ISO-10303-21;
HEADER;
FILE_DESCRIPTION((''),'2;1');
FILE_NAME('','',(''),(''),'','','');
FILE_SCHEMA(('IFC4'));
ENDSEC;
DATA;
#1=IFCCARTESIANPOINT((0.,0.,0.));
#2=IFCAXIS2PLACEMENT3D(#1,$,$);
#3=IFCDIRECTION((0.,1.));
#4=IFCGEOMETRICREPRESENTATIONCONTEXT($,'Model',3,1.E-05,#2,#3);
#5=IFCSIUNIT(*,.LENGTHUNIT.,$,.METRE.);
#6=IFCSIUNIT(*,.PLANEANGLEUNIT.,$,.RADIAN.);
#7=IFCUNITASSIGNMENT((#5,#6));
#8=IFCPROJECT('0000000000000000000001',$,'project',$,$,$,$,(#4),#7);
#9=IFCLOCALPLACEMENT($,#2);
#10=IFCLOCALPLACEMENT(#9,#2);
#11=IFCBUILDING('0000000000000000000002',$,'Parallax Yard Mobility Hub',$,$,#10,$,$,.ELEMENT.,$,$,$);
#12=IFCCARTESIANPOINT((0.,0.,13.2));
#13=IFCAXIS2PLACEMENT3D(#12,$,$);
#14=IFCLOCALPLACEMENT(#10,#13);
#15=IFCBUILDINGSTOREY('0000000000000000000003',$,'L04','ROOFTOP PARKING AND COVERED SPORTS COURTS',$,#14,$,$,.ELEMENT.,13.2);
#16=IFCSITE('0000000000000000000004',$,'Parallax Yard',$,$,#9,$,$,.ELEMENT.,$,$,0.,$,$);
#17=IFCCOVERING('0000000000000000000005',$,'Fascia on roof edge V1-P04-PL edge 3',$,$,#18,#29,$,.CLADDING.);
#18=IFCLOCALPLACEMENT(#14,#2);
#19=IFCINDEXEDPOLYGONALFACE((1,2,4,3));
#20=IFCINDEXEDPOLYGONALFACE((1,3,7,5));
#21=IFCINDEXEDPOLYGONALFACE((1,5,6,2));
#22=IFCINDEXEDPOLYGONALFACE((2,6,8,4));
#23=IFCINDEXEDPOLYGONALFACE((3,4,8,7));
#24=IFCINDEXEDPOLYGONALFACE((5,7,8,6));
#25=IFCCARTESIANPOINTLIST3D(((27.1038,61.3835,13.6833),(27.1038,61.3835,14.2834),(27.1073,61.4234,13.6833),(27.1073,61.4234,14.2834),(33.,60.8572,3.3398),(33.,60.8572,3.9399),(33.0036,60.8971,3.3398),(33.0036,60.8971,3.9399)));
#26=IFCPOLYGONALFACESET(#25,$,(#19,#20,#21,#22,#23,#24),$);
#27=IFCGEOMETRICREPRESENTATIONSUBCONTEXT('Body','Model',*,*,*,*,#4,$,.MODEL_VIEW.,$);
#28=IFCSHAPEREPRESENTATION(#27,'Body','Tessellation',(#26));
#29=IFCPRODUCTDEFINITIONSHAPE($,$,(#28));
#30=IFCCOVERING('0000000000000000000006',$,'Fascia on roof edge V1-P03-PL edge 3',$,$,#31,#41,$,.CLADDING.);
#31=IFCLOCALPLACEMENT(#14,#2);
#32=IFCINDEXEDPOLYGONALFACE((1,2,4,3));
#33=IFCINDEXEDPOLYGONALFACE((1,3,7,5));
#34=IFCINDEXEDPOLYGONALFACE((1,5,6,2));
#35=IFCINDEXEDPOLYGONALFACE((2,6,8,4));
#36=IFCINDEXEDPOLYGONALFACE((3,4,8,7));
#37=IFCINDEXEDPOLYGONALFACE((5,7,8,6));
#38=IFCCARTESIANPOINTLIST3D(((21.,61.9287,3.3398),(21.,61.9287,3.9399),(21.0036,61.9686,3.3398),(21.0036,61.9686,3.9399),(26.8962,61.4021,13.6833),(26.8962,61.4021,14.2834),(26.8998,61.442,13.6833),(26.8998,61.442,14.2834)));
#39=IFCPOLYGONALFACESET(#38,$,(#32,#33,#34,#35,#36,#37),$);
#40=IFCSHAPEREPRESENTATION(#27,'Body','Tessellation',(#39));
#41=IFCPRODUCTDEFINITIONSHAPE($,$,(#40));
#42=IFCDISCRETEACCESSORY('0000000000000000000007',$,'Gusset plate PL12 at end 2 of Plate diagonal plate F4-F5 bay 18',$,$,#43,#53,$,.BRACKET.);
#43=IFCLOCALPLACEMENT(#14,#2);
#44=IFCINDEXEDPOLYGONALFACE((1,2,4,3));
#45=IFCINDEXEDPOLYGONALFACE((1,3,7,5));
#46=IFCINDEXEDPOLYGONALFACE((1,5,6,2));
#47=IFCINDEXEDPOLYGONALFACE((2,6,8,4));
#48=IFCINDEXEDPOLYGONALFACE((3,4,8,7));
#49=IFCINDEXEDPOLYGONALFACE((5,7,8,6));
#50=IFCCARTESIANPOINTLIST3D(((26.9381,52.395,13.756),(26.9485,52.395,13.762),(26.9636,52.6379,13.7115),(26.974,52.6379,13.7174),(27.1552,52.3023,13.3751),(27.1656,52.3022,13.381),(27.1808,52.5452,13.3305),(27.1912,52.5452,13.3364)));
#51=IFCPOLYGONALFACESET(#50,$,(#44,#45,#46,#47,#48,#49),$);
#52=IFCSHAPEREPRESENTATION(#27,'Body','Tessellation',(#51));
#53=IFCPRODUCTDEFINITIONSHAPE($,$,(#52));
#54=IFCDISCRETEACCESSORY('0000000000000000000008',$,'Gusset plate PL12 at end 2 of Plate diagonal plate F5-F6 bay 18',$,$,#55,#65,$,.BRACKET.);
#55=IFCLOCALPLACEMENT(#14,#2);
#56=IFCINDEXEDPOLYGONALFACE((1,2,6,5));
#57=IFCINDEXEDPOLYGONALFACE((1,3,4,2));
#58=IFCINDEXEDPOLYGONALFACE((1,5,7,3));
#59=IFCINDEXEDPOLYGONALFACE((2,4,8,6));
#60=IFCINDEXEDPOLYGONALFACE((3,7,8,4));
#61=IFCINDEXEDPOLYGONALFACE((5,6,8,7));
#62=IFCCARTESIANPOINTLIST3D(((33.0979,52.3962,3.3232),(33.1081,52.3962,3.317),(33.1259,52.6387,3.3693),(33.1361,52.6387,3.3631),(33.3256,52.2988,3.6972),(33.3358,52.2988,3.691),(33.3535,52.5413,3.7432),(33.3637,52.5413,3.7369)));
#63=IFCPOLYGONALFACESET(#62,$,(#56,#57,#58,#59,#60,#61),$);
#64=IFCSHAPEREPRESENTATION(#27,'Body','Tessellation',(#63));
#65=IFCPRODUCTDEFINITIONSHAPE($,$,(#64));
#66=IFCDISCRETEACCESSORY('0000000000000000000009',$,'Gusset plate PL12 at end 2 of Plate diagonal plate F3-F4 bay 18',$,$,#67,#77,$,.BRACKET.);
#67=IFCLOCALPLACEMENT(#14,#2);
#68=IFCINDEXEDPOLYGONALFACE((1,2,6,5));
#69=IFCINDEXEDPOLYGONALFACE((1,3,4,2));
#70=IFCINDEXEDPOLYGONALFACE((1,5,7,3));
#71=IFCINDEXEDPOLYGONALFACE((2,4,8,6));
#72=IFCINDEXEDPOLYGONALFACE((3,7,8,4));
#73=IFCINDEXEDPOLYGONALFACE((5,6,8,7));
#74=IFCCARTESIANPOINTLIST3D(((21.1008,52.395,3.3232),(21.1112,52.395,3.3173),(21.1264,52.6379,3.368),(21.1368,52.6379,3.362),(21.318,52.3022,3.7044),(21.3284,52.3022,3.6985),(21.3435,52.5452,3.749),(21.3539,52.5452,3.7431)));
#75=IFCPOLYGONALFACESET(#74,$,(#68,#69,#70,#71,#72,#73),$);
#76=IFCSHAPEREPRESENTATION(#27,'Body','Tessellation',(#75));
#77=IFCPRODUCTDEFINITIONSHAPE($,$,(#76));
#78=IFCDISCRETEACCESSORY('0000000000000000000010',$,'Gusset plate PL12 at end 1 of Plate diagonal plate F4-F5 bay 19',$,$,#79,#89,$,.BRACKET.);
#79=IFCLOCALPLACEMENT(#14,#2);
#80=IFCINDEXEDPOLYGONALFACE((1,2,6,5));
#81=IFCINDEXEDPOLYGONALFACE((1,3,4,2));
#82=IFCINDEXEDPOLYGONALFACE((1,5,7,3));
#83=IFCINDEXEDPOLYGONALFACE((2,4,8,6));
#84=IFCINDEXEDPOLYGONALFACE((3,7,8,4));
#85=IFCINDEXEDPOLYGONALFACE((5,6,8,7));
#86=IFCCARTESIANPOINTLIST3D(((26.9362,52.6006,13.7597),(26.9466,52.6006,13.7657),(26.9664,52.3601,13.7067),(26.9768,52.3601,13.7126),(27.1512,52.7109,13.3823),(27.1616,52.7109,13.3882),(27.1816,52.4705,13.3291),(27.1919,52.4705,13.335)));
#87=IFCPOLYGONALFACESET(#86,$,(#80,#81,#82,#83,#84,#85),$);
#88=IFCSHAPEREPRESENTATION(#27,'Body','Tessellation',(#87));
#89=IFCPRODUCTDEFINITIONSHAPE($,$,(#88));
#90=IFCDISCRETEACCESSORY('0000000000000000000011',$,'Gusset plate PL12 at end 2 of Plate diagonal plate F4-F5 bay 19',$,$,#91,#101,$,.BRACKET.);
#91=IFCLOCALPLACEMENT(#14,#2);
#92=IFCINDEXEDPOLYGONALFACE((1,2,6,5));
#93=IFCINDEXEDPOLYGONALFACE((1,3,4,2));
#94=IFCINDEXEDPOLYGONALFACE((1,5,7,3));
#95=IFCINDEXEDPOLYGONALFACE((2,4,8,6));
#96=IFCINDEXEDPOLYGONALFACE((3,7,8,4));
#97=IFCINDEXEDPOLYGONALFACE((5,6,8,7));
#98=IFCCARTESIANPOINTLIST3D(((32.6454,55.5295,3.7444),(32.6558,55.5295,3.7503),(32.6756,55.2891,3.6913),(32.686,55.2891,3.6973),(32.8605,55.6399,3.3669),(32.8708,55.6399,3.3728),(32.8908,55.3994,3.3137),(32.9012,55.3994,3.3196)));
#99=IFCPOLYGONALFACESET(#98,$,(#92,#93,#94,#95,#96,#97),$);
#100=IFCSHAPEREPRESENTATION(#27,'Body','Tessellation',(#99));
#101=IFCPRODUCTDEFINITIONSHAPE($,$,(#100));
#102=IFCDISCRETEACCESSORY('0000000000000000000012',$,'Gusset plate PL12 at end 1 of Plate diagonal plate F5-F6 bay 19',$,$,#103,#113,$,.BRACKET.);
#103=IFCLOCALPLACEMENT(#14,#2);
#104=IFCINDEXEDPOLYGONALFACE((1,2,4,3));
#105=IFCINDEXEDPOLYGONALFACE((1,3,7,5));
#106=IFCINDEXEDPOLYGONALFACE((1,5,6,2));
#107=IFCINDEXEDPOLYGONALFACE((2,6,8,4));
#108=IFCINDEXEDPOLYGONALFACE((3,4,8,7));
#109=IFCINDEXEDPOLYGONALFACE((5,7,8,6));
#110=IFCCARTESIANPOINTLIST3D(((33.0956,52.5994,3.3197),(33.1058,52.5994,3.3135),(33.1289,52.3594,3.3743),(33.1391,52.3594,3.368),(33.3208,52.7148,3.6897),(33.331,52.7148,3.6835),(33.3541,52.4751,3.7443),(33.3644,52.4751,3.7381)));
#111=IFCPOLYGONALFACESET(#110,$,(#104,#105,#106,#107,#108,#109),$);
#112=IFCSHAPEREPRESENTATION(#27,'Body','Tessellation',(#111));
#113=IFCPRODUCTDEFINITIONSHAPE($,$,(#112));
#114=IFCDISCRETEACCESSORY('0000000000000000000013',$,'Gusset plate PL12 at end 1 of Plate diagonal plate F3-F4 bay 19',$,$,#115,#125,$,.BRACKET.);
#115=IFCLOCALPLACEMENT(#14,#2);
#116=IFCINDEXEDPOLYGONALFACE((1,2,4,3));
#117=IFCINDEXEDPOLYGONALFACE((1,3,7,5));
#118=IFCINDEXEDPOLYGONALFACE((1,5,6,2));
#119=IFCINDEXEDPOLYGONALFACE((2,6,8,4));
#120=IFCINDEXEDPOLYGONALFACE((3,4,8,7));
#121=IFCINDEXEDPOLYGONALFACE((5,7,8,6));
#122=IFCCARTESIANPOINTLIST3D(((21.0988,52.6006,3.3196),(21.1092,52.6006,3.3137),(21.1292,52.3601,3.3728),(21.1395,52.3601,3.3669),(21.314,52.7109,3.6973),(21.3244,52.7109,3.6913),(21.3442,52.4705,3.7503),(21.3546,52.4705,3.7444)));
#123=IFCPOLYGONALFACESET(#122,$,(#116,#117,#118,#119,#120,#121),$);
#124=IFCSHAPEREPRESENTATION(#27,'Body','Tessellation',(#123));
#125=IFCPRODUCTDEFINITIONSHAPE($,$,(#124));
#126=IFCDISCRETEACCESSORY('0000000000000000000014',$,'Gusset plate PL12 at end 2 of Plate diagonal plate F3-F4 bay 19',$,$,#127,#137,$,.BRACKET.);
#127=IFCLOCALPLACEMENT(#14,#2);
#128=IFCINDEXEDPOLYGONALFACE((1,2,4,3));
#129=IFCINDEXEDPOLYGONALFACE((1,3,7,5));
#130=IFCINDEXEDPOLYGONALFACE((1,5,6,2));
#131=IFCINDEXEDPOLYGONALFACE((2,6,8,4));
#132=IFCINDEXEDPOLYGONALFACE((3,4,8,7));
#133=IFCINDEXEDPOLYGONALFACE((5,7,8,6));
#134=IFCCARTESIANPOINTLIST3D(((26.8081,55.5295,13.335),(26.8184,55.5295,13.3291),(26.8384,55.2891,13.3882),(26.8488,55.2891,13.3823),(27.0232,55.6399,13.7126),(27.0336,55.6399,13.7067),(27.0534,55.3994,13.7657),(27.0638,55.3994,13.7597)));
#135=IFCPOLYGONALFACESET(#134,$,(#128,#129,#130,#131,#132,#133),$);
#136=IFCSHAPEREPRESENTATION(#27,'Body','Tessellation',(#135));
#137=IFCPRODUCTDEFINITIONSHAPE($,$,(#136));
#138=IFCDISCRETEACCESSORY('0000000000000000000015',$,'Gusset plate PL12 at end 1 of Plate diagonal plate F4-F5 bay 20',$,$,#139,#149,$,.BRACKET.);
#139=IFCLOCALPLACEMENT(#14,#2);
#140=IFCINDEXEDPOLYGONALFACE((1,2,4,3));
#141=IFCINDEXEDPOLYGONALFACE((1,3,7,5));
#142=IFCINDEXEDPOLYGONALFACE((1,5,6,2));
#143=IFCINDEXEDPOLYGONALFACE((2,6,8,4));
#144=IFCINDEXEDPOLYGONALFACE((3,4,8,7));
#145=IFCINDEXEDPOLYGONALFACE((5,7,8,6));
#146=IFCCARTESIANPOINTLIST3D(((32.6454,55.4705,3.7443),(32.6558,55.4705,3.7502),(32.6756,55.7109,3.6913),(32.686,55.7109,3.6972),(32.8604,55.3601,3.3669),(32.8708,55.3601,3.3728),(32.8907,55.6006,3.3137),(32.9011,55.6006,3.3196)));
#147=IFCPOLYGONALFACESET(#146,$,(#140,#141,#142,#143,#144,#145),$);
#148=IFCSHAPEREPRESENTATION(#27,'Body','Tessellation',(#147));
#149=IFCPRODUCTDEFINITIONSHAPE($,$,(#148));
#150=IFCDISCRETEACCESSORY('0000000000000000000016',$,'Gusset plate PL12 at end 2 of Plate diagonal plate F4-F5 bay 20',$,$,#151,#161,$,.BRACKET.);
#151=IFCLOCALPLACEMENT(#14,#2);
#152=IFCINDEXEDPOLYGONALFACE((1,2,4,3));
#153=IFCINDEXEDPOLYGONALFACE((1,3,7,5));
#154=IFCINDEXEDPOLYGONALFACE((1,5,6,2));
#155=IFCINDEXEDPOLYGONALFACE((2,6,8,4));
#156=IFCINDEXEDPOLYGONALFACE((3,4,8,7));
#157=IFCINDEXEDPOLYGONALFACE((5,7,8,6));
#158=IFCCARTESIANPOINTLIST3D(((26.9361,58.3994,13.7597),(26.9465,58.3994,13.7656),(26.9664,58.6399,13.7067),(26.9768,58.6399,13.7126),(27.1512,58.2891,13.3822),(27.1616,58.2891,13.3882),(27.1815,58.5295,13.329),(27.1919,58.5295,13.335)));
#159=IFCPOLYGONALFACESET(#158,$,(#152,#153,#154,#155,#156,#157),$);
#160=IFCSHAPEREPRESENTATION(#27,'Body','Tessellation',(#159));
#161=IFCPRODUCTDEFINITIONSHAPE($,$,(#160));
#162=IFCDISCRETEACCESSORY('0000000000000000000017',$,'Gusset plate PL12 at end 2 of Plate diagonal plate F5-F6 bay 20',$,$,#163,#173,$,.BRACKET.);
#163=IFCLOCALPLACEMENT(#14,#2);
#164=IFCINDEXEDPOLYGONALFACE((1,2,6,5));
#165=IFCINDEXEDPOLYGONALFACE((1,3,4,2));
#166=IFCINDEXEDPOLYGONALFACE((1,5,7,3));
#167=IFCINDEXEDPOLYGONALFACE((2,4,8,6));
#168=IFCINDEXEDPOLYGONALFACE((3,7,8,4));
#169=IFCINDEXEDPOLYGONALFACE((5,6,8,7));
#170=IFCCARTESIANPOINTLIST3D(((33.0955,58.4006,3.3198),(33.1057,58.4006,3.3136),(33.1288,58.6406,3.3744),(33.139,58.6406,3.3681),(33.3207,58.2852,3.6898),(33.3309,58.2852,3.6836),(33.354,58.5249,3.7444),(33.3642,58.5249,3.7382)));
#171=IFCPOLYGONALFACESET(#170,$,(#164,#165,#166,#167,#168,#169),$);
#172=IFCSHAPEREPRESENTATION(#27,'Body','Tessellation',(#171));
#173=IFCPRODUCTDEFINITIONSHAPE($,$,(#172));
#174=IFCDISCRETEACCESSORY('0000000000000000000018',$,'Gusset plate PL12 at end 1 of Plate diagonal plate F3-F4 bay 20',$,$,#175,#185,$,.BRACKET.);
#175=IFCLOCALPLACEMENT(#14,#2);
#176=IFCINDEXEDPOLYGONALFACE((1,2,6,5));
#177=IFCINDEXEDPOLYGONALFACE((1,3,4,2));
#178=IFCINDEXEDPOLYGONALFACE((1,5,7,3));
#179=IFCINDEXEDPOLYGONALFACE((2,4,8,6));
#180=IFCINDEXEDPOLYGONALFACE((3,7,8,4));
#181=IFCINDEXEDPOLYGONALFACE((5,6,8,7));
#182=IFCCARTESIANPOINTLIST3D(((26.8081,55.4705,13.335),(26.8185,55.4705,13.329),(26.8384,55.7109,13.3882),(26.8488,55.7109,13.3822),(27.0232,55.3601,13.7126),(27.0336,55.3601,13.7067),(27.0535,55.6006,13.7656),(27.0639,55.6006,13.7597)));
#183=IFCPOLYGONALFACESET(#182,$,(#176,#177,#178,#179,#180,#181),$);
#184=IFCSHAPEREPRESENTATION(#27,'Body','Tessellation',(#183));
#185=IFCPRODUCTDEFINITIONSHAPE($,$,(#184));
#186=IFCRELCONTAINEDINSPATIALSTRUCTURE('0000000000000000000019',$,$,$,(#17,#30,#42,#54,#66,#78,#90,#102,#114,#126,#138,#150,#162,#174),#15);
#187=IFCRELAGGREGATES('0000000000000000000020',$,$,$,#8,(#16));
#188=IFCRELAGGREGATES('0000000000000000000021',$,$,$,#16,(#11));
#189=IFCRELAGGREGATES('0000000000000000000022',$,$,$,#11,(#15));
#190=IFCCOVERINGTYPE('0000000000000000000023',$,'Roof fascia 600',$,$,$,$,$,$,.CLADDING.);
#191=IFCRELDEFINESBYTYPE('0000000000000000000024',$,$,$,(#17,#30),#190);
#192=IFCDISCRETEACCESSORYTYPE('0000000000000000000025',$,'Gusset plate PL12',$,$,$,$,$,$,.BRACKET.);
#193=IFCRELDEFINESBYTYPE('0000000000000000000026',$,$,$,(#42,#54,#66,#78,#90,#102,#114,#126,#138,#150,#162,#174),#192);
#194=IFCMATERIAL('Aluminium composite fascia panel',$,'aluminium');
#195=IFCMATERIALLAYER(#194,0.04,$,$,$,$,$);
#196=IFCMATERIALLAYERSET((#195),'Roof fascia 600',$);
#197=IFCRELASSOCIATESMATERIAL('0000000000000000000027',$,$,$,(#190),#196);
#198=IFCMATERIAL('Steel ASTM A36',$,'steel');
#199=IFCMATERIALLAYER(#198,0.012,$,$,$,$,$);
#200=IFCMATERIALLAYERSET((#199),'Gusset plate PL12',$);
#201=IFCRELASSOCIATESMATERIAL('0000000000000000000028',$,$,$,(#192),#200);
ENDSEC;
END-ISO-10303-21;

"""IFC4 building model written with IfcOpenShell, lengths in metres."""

from ifc_helpers import new_model, si_unit, direction, frame, origin, place, context, subcontext, project, spatial, polyline, outline, extrude, material, layer, layer_set, type_object, element, save


model = new_model("IFC4")

# Units and contexts
model_context = context("Model", 3, precision=1e-05, world=origin(), true_north=direction((0.0, 1.0)))
body_context = subcontext(model_context, "Body", "Model", "MODEL_VIEW")
ifc_project = project(units=[si_unit("LENGTHUNIT", "METRE"), si_unit("PLANEANGLEUNIT", "RADIAN")], contexts=[model_context])

# Site, building, storey
site_placement = place(None, origin())
site = spatial("IfcSite", under=ifc_project, at=site_placement, Name="Parallax Yard", CompositionType="ELEMENT", RefElevation=0.0)
building_placement = place(site_placement, origin())
building = spatial("IfcBuilding", under=site, at=building_placement, Name="Parallax Yard Mobility Hub", CompositionType="ELEMENT")
storey_placement = place(building_placement, frame((0.0, 0.0, 13.2)))
storey = spatial("IfcBuildingStorey", under=building, at=storey_placement, Name="L04", Description="ROOFTOP PARKING AND COVERED SPORTS COURTS", CompositionType="ELEMENT", Elevation=13.2)

# Coverings
ifc_material_1 = material(Name="Aluminium composite fascia panel", Category="aluminium")
ifc_layer_1 = layer(ifc_material_1, 0.04)
ifc_layer_set_1 = layer_set([ifc_layer_1], Name="Roof fascia 600")
covering_type_1 = type_object("IfcCoveringType", Name="Roof fascia 600", PredefinedType="CLADDING", material=ifc_layer_set_1)
covering_1_placement = place(storey_placement, frame((33.0, 60.8572, 3.9399), z_axis=(-0.088918, -0.996039, 0.0), x_axis=(-0.494748, 0.044167, 0.867914)))
element("IfcCovering", 1, at=covering_1_placement, inside=storey, type_object=covering_type_1, Name="Fascia on roof edge V1-P04-PL edge 3", PredefinedType="CLADDING", context=body_context, shape_type="SweptSolid", body=[
    extrude(outline(polyline([(0.0, 0.0), (11.9177, 0.0), (11.3968, 0.2981), (-0.5208, 0.2981), (0.0, 0.0)])), origin(), (0.0, 0.0, -1.0), 0.04),
])
covering_2_placement = place(storey_placement, frame((26.8962, 61.4021, 14.2834), z_axis=(-0.088959, -0.996035, 0.0), x_axis=(-0.494747, 0.044187, -0.867913)))
element("IfcCovering", 2, at=covering_2_placement, inside=storey, type_object=covering_type_1, Name="Fascia on roof edge V1-P03-PL edge 3", PredefinedType="CLADDING", context=body_context, shape_type="SweptSolid", body=[
    extrude(outline(polyline([(0.0, 0.0), (11.9177, 0.0), (12.4385, 0.2981), (0.5208, 0.2981), (0.0, 0.0)])), origin(), (0.0, 0.0, -1.0), 0.04),
])

# Discrete accessories
ifc_material_2 = material(Name="Steel ASTM A36", Category="steel")
ifc_layer_2 = layer(ifc_material_2, 0.012)
ifc_layer_set_2 = layer_set([ifc_layer_2], Name="Gusset plate PL12")
discrete_accessory_type = type_object("IfcDiscreteAccessoryType", Name="Gusset plate PL12", PredefinedType="BRACKET", material=ifc_layer_set_2)
discrete_accessory_1_placement = place(storey_placement, frame((27.1912, 52.5452, 13.3364), z_axis=(0.868732, -0.000396, 0.495282), x_axis=(-0.484488, 0.206955, 0.849965)))
element("IfcDiscreteAccessory", 3, at=discrete_accessory_1_placement, inside=storey, type_object=discrete_accessory_type, Name="Gusset plate PL12 at end 2 of Plate diagonal plate F4-F5 bay 18", PredefinedType="BRACKET", context=body_context, shape_type="SweptSolid", body=[
    extrude(outline(polyline([(0.0, 0.0), (0.4483, 0.0), (0.4482, 0.2483), (0.0, 0.2483), (0.0, 0.0)])), origin(), (0.0, 0.0, -1.0), 0.012),
])
discrete_accessory_2_placement = place(storey_placement, frame((33.3535, 52.5413, 3.7432), z_axis=(-0.854155, -0.000225, 0.520019), x_axis=(-0.507643, 0.217232, -0.833732)))
element("IfcDiscreteAccessory", 4, at=discrete_accessory_2_placement, inside=storey, type_object=discrete_accessory_type, Name="Gusset plate PL12 at end 2 of Plate diagonal plate F5-F6 bay 18", PredefinedType="BRACKET", context=body_context, shape_type="SweptSolid", body=[
    extrude(outline(polyline([(0.0, 0.0), (0.4484, 0.0), (0.4484, 0.2483), (-0.0001, 0.2483), (0.0, 0.0)])), origin(), (0.0, 0.0, -1.0), 0.012),
])
discrete_accessory_3_placement = place(storey_placement, frame((21.3435, 52.5452, 3.749), z_axis=(-0.868823, 0.000185, 0.495124), x_axis=(-0.484371, 0.206955, -0.850032)))
element("IfcDiscreteAccessory", 5, at=discrete_accessory_3_placement, inside=storey, type_object=discrete_accessory_type, Name="Gusset plate PL12 at end 2 of Plate diagonal plate F3-F4 bay 18", PredefinedType="BRACKET", context=body_context, shape_type="SweptSolid", body=[
    extrude(outline(polyline([(0.0, 0.0), (0.4483, 0.0), (0.4484, 0.2483), (0.0, 0.2483), (0.0, 0.0)])), origin(), (0.0, 0.0, -1.0), 0.012),
])
discrete_accessory_4_placement = place(storey_placement, frame((27.1616, 52.7109, 13.3882), z_axis=(0.868889, 0.00008, 0.495006), x_axis=(-0.479753, -0.246199, 0.842154)))
element("IfcDiscreteAccessory", 6, at=discrete_accessory_4_placement, inside=storey, type_object=discrete_accessory_type, Name="Gusset plate PL12 at end 1 of Plate diagonal plate F4-F5 bay 19", PredefinedType="BRACKET", context=body_context, shape_type="SweptSolid", body=[
    extrude(outline(polyline([(0.0, 0.0), (0.4482, 0.0), (0.4483, 0.2481), (-0.0001, 0.2482), (0.0, 0.0)])), origin(), (0.0, 0.0, -1.0), 0.012),
])
discrete_accessory_5_placement = place(storey_placement, frame((32.686, 55.2891, 3.6973), z_axis=(0.868889, 0.00008, 0.495006), x_axis=(0.479767, 0.246086, -0.842179)))
element("IfcDiscreteAccessory", 7, at=discrete_accessory_5_placement, inside=storey, type_object=discrete_accessory_type, Name="Gusset plate PL12 at end 2 of Plate diagonal plate F4-F5 bay 19", PredefinedType="BRACKET", context=body_context, shape_type="SweptSolid", body=[
    extrude(outline(polyline([(0.0, 0.0), (0.4484, 0.0), (0.4483, 0.2482), (0.0, 0.2481), (0.0, 0.0)])), origin(), (0.0, 0.0, -1.0), 0.012),
])
discrete_accessory_6_placement = place(storey_placement, frame((33.3208, 52.7148, 3.6897), z_axis=(-0.854142, -0.000368, 0.52004), x_axis=(-0.502405, -0.257626, -0.82536)))
element("IfcDiscreteAccessory", 8, at=discrete_accessory_6_placement, inside=storey, type_object=discrete_accessory_type, Name="Gusset plate PL12 at end 1 of Plate diagonal plate F5-F6 bay 19", PredefinedType="BRACKET", context=body_context, shape_type="SweptSolid", body=[
    extrude(outline(polyline([(0.0, 0.0), (0.4482, 0.0), (0.4483, 0.2484), (-0.0001, 0.2481), (0.0, 0.0)])), origin(), (0.0, 0.0, -1.0), 0.012),
])
discrete_accessory_7_placement = place(storey_placement, frame((21.314, 52.7109, 3.6973), z_axis=(-0.868889, -0.00008, 0.495006), x_axis=(-0.479767, -0.246086, -0.842179)))
element("IfcDiscreteAccessory", 9, at=discrete_accessory_7_placement, inside=storey, type_object=discrete_accessory_type, Name="Gusset plate PL12 at end 1 of Plate diagonal plate F3-F4 bay 19", PredefinedType="BRACKET", context=body_context, shape_type="SweptSolid", body=[
    extrude(outline(polyline([(0.0, 0.0), (0.4484, 0.0), (0.4483, 0.2482), (0.0, 0.2481), (0.0, 0.0)])), origin(), (0.0, 0.0, -1.0), 0.012),
])
discrete_accessory_8_placement = place(storey_placement, frame((26.8384, 55.2891, 13.3882), z_axis=(-0.868889, -0.00008, 0.495006), x_axis=(0.479753, 0.246199, 0.842154)))
element("IfcDiscreteAccessory", 10, at=discrete_accessory_8_placement, inside=storey, type_object=discrete_accessory_type, Name="Gusset plate PL12 at end 2 of Plate diagonal plate F3-F4 bay 19", PredefinedType="BRACKET", context=body_context, shape_type="SweptSolid", body=[
    extrude(outline(polyline([(0.0, 0.0), (0.4482, 0.0), (0.4483, 0.2481), (-0.0001, 0.2482), (0.0, 0.0)])), origin(), (0.0, 0.0, -1.0), 0.012),
])
discrete_accessory_9_placement = place(storey_placement, frame((32.6558, 55.4705, 3.7502), z_axis=(0.868889, -0.00008, 0.495006), x_axis=(0.479753, -0.246199, -0.842154)))
element("IfcDiscreteAccessory", 11, at=discrete_accessory_9_placement, inside=storey, type_object=discrete_accessory_type, Name="Gusset plate PL12 at end 1 of Plate diagonal plate F4-F5 bay 20", PredefinedType="BRACKET", context=body_context, shape_type="SweptSolid", body=[
    extrude(outline(polyline([(0.0, 0.0), (0.4482, 0.0), (0.4484, 0.2482), (-0.0001, 0.2481), (0.0, 0.0)])), origin(), (0.0, 0.0, -1.0), 0.012),
])
discrete_accessory_10_placement = place(storey_placement, frame((27.1919, 58.5295, 13.335), z_axis=(0.868889, -0.00008, 0.495006), x_axis=(-0.479767, 0.246086, 0.842179)))
element("IfcDiscreteAccessory", 12, at=discrete_accessory_10_placement, inside=storey, type_object=discrete_accessory_type, Name="Gusset plate PL12 at end 2 of Plate diagonal plate F4-F5 bay 20", PredefinedType="BRACKET", context=body_context, shape_type="SweptSolid", body=[
    extrude(outline(polyline([(0.0, 0.0), (0.4484, 0.0), (0.4484, 0.2481), (0.0002, 0.2482), (0.0, 0.0)])), origin(), (0.0, 0.0, -1.0), 0.012),
])
discrete_accessory_11_placement = place(storey_placement, frame((33.354, 58.5249, 3.7444), z_axis=(-0.854142, 0.000368, 0.52004), x_axis=(-0.50234, 0.258089, -0.825254)))
element("IfcDiscreteAccessory", 13, at=discrete_accessory_11_placement, inside=storey, type_object=discrete_accessory_type, Name="Gusset plate PL12 at end 2 of Plate diagonal plate F5-F6 bay 20", PredefinedType="BRACKET", context=body_context, shape_type="SweptSolid", body=[
    extrude(outline(polyline([(0.0, 0.0), (0.4484, 0.0), (0.4482, 0.2484), (-0.0001, 0.2481), (0.0, 0.0)])), origin(), (0.0, 0.0, -1.0), 0.012),
])
discrete_accessory_12_placement = place(storey_placement, frame((26.8081, 55.4705, 13.335), z_axis=(-0.868889, 0.00008, 0.495006), x_axis=(0.479767, -0.246086, 0.842179)))
element("IfcDiscreteAccessory", 14, at=discrete_accessory_12_placement, inside=storey, type_object=discrete_accessory_type, Name="Gusset plate PL12 at end 1 of Plate diagonal plate F3-F4 bay 20", PredefinedType="BRACKET", context=body_context, shape_type="SweptSolid", body=[
    extrude(outline(polyline([(0.0, 0.0), (0.4484, 0.0), (0.4484, 0.2481), (0.0002, 0.2482), (0.0, 0.0)])), origin(), (0.0, 0.0, -1.0), 0.012),
])

save(model, "model.ifc")
